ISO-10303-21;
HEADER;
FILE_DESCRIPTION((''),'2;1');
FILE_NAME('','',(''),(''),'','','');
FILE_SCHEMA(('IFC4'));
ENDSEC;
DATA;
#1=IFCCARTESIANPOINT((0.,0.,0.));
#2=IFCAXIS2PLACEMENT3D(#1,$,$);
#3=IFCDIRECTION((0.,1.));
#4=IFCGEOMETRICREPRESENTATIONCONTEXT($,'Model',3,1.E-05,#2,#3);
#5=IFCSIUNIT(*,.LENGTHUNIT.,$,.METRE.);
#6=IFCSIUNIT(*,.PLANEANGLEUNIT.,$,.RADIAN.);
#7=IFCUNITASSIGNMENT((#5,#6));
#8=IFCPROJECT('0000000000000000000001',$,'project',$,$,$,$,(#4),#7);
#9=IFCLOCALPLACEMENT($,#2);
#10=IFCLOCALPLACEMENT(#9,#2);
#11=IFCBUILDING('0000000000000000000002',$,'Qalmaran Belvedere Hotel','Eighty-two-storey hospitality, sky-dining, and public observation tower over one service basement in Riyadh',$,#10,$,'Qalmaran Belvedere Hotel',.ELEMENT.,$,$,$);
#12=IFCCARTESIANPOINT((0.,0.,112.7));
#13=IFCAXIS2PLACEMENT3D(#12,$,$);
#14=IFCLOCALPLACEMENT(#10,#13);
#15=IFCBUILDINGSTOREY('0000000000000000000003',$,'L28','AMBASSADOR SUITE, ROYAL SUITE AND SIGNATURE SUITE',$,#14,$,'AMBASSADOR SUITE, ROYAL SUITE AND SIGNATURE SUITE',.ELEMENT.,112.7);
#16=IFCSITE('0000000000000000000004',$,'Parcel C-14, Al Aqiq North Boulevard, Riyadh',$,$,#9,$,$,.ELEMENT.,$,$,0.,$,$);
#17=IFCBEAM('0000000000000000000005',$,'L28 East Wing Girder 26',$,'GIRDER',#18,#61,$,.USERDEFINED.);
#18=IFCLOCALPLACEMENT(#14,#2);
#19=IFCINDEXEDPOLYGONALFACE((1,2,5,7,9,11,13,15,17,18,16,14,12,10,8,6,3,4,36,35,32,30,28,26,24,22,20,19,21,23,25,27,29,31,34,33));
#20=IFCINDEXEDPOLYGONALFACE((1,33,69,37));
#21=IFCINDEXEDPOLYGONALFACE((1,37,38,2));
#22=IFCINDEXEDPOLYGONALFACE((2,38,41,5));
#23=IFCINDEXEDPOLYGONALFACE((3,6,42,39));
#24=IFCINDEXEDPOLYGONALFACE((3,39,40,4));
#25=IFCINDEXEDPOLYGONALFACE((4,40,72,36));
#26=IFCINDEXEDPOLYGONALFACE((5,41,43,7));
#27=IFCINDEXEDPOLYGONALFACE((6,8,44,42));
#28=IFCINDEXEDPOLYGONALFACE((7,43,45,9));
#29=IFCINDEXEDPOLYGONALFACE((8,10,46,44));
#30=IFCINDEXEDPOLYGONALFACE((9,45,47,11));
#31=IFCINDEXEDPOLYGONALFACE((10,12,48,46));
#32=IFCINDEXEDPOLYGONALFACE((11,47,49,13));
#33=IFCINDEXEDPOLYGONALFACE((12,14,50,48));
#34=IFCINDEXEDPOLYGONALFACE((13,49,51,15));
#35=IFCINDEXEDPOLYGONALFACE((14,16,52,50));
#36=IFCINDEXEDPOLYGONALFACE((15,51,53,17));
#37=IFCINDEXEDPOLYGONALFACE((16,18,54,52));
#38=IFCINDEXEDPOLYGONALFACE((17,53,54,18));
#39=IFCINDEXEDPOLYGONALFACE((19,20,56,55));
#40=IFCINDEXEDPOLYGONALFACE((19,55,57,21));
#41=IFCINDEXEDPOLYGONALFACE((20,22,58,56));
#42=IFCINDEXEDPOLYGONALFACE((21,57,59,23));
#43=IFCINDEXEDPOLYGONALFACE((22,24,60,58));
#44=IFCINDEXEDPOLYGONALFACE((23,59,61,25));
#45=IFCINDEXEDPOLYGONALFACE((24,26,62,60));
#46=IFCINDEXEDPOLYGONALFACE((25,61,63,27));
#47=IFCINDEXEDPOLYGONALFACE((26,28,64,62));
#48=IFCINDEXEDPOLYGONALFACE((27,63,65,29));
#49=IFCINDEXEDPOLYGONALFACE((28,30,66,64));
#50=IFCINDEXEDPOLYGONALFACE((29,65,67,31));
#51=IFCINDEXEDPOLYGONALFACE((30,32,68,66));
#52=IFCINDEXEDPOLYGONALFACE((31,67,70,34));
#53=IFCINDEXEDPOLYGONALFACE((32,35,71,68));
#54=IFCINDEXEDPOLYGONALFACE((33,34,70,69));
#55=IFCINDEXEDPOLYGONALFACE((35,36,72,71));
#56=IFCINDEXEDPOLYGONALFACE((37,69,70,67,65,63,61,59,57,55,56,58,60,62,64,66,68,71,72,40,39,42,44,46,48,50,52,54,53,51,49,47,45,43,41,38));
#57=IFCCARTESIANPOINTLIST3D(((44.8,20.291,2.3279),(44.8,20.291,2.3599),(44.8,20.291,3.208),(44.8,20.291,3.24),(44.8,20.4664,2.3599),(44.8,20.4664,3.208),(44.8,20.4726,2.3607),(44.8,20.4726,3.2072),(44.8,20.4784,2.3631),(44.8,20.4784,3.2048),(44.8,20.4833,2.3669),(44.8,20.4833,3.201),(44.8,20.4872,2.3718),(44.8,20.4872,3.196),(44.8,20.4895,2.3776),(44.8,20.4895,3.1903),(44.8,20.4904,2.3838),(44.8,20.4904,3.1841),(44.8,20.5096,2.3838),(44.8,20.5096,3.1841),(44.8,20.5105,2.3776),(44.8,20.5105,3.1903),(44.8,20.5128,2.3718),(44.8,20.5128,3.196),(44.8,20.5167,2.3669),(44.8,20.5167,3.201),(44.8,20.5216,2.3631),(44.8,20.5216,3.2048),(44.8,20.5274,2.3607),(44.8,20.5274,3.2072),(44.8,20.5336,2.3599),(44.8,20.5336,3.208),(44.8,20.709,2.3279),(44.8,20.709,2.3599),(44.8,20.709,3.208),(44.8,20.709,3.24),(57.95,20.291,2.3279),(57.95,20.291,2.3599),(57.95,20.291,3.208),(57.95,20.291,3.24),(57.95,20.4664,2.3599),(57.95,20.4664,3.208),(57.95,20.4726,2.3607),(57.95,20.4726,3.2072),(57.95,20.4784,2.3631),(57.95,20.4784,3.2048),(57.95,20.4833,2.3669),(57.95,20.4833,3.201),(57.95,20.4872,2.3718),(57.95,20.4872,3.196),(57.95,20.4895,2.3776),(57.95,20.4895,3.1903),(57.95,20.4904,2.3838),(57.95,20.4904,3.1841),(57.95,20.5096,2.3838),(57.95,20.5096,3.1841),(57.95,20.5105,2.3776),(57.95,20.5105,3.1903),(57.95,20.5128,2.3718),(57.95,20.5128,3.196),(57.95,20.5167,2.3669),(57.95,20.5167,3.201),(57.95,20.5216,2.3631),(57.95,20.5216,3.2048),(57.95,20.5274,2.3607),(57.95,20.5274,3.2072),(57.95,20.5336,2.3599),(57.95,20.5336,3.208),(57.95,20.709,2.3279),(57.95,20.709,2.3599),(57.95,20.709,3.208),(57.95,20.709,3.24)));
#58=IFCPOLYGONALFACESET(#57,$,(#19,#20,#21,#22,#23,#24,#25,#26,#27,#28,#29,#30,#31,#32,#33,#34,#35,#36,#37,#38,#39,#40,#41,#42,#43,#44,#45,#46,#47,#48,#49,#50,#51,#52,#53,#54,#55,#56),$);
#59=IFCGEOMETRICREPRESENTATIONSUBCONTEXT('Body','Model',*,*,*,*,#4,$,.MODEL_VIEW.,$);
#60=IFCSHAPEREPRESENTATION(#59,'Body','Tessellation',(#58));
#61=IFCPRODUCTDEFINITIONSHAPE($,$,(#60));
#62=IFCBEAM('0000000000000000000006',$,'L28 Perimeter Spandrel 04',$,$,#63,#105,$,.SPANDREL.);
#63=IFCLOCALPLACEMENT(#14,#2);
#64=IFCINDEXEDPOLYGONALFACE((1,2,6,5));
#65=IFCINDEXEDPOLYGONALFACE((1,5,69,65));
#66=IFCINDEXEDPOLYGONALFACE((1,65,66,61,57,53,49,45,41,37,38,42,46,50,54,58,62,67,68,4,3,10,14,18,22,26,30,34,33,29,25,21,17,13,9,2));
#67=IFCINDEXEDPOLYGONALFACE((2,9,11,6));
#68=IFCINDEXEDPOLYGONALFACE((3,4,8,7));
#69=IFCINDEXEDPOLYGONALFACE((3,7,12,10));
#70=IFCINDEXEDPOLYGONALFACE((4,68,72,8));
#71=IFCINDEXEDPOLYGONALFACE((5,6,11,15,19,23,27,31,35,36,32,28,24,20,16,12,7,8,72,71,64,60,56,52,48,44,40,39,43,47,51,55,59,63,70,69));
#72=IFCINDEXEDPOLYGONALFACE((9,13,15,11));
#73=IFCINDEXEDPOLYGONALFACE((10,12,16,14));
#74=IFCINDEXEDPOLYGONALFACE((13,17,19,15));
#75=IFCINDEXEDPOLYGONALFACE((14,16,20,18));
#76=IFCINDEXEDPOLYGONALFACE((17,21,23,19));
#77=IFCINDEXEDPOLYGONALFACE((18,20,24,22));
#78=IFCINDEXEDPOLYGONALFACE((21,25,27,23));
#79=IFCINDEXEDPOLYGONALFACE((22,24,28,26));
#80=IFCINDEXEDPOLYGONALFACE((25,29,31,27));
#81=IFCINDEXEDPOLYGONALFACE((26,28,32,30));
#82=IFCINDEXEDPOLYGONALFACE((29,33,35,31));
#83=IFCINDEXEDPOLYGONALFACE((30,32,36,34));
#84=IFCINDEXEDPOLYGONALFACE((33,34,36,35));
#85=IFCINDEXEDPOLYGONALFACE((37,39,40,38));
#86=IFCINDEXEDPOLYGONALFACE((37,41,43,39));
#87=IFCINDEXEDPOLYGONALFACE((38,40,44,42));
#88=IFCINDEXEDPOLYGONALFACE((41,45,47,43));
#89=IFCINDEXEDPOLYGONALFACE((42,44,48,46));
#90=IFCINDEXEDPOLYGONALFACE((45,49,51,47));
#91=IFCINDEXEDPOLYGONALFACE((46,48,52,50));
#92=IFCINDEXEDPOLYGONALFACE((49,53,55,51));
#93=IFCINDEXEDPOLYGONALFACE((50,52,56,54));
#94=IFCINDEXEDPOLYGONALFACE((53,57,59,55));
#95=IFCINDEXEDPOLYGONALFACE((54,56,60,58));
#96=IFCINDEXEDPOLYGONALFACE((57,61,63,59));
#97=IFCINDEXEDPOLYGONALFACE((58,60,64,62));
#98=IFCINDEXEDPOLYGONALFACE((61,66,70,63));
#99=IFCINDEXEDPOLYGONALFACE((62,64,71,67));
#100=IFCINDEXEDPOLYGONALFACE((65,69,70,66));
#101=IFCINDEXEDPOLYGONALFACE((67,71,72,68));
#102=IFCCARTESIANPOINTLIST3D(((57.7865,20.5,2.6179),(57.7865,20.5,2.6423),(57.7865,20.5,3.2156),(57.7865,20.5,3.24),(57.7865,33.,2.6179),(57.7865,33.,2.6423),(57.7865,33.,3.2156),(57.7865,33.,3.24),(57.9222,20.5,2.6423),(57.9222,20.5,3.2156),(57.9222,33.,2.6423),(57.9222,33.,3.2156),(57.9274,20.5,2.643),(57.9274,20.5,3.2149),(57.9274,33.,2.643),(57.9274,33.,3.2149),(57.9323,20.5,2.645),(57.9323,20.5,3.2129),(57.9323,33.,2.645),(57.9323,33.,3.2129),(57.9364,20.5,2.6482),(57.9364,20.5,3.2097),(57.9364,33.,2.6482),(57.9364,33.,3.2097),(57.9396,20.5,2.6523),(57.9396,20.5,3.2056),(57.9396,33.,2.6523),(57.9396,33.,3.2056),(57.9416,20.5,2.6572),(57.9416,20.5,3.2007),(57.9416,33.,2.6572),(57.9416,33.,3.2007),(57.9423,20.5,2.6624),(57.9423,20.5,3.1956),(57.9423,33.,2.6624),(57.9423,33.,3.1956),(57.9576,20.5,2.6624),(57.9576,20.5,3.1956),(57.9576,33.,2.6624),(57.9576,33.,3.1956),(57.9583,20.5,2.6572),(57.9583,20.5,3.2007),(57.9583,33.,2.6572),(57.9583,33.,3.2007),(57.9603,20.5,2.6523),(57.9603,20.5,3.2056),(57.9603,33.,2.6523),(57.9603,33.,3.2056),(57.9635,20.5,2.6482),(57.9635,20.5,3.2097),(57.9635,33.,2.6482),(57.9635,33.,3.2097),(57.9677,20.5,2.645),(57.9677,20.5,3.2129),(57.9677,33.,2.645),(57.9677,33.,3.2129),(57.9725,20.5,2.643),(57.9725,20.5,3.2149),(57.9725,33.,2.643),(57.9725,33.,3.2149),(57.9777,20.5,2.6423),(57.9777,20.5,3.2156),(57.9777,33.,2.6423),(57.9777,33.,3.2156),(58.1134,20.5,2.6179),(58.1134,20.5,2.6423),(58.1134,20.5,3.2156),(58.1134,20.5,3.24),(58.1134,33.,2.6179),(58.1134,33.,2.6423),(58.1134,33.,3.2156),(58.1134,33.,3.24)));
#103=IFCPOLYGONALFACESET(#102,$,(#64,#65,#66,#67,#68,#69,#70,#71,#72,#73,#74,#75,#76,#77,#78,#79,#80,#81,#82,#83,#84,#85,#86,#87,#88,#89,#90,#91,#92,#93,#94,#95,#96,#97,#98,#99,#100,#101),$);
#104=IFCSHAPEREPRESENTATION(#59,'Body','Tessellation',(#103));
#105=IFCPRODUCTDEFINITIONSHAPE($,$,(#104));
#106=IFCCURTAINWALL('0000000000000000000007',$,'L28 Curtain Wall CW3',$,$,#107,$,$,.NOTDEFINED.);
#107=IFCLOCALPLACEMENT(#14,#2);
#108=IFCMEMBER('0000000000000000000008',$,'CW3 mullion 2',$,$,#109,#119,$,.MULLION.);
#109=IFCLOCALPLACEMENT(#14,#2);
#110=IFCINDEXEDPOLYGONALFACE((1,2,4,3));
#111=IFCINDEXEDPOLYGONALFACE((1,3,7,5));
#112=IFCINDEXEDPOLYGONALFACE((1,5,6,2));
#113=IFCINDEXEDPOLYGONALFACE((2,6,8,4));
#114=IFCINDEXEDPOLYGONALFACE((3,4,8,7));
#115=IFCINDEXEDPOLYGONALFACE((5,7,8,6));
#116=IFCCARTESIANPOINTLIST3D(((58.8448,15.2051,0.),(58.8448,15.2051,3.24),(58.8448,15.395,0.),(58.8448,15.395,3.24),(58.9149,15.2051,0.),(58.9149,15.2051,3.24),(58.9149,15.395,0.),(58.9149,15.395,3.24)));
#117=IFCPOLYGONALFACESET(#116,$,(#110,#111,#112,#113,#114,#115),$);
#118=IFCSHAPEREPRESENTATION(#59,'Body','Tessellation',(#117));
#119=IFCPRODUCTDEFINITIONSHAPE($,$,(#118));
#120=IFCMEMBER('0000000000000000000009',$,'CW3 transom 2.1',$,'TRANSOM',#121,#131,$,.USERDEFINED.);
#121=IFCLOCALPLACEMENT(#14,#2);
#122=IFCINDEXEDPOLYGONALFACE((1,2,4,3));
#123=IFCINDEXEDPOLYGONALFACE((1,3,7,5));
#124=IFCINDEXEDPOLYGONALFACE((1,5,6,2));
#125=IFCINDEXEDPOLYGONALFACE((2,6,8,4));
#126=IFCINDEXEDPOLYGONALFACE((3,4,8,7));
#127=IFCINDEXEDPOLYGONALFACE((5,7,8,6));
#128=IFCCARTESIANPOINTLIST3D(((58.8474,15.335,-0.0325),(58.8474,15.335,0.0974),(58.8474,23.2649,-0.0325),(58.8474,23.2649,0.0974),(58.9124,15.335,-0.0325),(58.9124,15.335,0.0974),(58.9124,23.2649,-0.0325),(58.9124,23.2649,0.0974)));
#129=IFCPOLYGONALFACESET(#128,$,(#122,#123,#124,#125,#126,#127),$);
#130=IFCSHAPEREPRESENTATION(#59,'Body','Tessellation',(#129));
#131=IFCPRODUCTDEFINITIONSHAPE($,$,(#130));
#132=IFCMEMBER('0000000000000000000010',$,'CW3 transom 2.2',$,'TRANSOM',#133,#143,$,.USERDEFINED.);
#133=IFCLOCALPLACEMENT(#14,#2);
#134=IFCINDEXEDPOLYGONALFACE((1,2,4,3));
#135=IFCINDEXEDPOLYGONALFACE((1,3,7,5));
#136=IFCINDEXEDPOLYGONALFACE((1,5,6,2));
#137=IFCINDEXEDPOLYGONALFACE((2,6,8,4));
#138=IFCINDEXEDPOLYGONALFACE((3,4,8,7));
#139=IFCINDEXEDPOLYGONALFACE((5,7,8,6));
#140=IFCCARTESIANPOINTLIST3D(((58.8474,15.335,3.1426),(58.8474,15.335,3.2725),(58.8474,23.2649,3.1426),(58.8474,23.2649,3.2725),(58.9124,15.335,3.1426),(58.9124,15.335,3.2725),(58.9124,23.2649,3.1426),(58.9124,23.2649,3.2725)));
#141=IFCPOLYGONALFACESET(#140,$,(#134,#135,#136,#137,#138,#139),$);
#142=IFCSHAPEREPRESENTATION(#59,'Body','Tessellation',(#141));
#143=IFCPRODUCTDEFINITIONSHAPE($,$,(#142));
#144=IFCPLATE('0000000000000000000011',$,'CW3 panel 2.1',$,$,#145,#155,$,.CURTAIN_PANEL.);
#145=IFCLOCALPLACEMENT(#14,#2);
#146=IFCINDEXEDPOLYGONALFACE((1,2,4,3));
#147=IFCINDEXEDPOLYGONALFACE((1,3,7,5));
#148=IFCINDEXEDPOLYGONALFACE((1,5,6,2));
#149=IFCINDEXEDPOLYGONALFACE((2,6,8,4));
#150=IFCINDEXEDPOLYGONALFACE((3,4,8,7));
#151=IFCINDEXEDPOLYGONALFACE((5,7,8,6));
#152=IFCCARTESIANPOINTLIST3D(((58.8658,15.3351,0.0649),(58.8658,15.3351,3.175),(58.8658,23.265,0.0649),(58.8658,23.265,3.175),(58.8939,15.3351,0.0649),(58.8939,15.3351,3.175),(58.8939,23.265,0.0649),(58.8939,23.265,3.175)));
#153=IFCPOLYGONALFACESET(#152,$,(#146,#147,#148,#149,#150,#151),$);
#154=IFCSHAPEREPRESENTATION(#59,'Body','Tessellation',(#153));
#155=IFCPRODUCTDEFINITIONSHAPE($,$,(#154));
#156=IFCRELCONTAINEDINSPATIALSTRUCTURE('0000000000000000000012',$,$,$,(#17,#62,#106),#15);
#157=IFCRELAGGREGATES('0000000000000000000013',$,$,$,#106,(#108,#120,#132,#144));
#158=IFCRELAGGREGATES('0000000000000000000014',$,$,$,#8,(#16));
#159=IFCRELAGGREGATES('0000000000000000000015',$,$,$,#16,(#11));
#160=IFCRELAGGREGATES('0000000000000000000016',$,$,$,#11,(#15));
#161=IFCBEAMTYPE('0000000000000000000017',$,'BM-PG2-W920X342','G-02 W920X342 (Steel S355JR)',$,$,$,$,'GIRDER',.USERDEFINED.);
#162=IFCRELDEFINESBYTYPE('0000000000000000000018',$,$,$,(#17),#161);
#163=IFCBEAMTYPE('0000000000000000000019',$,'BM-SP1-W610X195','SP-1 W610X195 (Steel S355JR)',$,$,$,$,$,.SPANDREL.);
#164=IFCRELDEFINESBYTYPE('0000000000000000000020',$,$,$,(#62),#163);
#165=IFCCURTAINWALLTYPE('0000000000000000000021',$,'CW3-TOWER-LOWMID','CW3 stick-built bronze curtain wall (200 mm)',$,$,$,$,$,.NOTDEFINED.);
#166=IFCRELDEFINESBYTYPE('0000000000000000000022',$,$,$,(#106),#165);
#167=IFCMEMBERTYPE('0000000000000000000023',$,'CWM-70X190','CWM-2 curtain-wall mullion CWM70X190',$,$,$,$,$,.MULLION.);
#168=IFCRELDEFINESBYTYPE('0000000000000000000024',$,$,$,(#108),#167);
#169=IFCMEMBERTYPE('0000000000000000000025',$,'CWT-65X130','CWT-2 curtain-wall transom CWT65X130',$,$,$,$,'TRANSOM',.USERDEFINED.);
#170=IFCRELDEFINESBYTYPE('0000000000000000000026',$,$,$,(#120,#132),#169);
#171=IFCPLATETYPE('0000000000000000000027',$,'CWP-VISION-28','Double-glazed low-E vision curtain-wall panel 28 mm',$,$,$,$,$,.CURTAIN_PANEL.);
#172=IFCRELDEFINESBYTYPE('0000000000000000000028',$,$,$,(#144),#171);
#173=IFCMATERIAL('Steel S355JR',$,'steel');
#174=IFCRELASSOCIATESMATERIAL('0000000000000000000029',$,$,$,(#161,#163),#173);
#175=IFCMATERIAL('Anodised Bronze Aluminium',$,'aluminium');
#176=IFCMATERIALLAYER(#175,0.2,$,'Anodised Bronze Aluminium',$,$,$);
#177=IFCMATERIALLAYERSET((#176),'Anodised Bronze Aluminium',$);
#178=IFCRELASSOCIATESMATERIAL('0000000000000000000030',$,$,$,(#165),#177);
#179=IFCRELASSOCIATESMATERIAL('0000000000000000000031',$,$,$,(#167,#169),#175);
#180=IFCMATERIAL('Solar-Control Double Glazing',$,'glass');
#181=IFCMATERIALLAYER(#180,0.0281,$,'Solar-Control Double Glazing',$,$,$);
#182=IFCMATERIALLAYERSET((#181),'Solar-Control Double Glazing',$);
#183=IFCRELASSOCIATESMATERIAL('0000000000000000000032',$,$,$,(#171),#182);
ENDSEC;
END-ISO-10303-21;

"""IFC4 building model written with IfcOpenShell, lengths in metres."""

from ifc_helpers import new_model, si_unit, direction, frame, origin, origin_2d, place, context, subcontext, project, spatial, rectangle, i_section, extrude, material, layer, layer_set, material_profile, profile_set, type_object, element, aggregate, save


model = new_model("IFC4")

# Units and contexts
model_context = context("Model", 3, precision=1e-05, world=origin(), true_north=direction((0.0, 1.0)))
body_context = subcontext(model_context, "Body", "Model", "MODEL_VIEW")
ifc_project = project(units=[si_unit("LENGTHUNIT", "METRE"), si_unit("PLANEANGLEUNIT", "RADIAN")], contexts=[model_context])

# Site, building, storey
site_placement = place(None, origin())
site = spatial("IfcSite", under=ifc_project, at=site_placement, Name="Parcel C-14, Al Aqiq North Boulevard, Riyadh", CompositionType="ELEMENT", RefElevation=0.0)
building_placement = place(site_placement, origin())
building = spatial("IfcBuilding", under=site, at=building_placement, Name="Qalmaran Belvedere Hotel", Description="Eighty-two-storey hospitality, sky-dining, and public observation tower over one service basement in Riyadh", LongName="Qalmaran Belvedere Hotel", CompositionType="ELEMENT")
storey_placement = place(building_placement, frame((0.0, 0.0, 112.7)))
storey = spatial("IfcBuildingStorey", under=building, at=storey_placement, Name="L28", Description="AMBASSADOR SUITE, ROYAL SUITE AND SIGNATURE SUITE", LongName="AMBASSADOR SUITE, ROYAL SUITE AND SIGNATURE SUITE", CompositionType="ELEMENT", Elevation=112.7)

# Beams
ifc_material_1 = material(Name="Steel S355JR", Category="steel")
ifc_material_profile_1 = material_profile(ifc_material_1, i_section(OverallWidth=0.418, OverallDepth=0.9121, WebThickness=0.0193, FlangeThickness=0.032, FilletRadius=0.0239, at=origin_2d()), Name="W920X342")
ifc_profile_set_1 = profile_set([ifc_material_profile_1], Name="Steel S355JR")
beam_type_1 = type_object("IfcBeamType", Name="BM-PG2-W920X342", Description="G-02 W920X342 (Steel S355JR)", ElementType="GIRDER", PredefinedType="USERDEFINED", material=ifc_profile_set_1)
beam_1_placement = place(storey_placement, frame((44.8, 20.5, 2.7839), z_axis=(1.0, 0.0, 0.0), x_axis=(0.0, 1.0, 0.0)))
element("IfcBeam", 1, at=beam_1_placement, inside=storey, type_object=beam_type_1, Name="L28 East Wing Girder 26", ObjectType="GIRDER", PredefinedType="USERDEFINED", context=body_context, shape_type="SweptSolid", body=[
    extrude(i_section(OverallWidth=0.418, OverallDepth=0.9121, WebThickness=0.0193, FlangeThickness=0.032, FilletRadius=0.0239, at=origin_2d()), origin(), (0.0, 0.0, 1.0), 13.1499),
])
ifc_material_profile_2 = material_profile(ifc_material_1, i_section(OverallWidth=0.3269, OverallDepth=0.6221, WebThickness=0.0154, FlangeThickness=0.0244, FilletRadius=0.02, at=origin_2d()), Name="W610X195")
ifc_profile_set_2 = profile_set([ifc_material_profile_2], Name="Steel S355JR")
beam_type_2 = type_object("IfcBeamType", Name="BM-SP1-W610X195", Description="SP-1 W610X195 (Steel S355JR)", PredefinedType="SPANDREL", material=ifc_profile_set_2)
beam_2_placement = place(storey_placement, frame((57.95, 20.5, 2.929), z_axis=(0.0, 1.0, 0.0), x_axis=(-1.0, 0.0, 0.0)))
element("IfcBeam", 2, at=beam_2_placement, inside=storey, type_object=beam_type_2, Name="L28 Perimeter Spandrel 04", PredefinedType="SPANDREL", context=body_context, shape_type="SweptSolid", body=[
    extrude(i_section(OverallWidth=0.3269, OverallDepth=0.6221, WebThickness=0.0154, FlangeThickness=0.0244, FilletRadius=0.02, at=origin_2d()), origin(), (0.0, 0.0, 1.0), 12.5),
])

# Curtain wall, members, plate
ifc_material_2 = material(Name="Anodised Bronze Aluminium", Category="aluminium")
ifc_layer_1 = layer(ifc_material_2, 0.2, Name="Anodised Bronze Aluminium")
ifc_layer_set_1 = layer_set([ifc_layer_1], Name="Anodised Bronze Aluminium")
curtain_wall_type = type_object("IfcCurtainWallType", Name="CW3-TOWER-LOWMID", Description="CW3 stick-built bronze curtain wall (200 mm)", PredefinedType="NOTDEFINED", material=ifc_layer_set_1)
curtain_wall_placement = place(storey_placement, origin())
curtain_wall = element("IfcCurtainWall", 3, at=curtain_wall_placement, inside=storey, type_object=curtain_wall_type, Name="L28 Curtain Wall CW3", PredefinedType="NOTDEFINED")
ifc_material_profile_3 = material_profile(ifc_material_2, rectangle(XDim=0.0701, YDim=0.1899, at=origin_2d()), Name="CWM70X190")
ifc_profile_set_3 = profile_set([ifc_material_profile_3], Name="Anodised Bronze Aluminium")
member_type_1 = type_object("IfcMemberType", Name="CWM-70X190", Description="CWM-2 curtain-wall mullion CWM70X190", PredefinedType="MULLION", material=ifc_profile_set_3)
member_1_placement = place(storey_placement, frame((58.8799, 15.3, 0.0), z_axis=(0.0, 0.0, 1.0), x_axis=(-1.0, 0.0, 0.0)))
member_1 = element("IfcMember", 4, at=member_1_placement, type_object=member_type_1, Name="CW3 mullion 2", PredefinedType="MULLION", context=body_context, shape_type="SweptSolid", body=[
    extrude(rectangle(XDim=0.0701, YDim=0.1899, at=origin_2d()), origin(), (0.0, 0.0, 1.0), 3.24),
])
ifc_material_profile_4 = material_profile(ifc_material_2, rectangle(XDim=0.0649, YDim=0.1299, at=origin_2d()), Name="CWT65X130")
ifc_profile_set_4 = profile_set([ifc_material_profile_4], Name="Anodised Bronze Aluminium")
member_type_2 = type_object("IfcMemberType", Name="CWT-65X130", Description="CWT-2 curtain-wall transom CWT65X130", ElementType="TRANSOM", PredefinedType="USERDEFINED", material=ifc_profile_set_4)
member_2_placement = place(storey_placement, frame((58.8799, 15.335, 0.0325), z_axis=(0.0, 1.0, 0.0), x_axis=(-1.0, 0.0, 0.0)))
member_2 = element("IfcMember", 5, at=member_2_placement, type_object=member_type_2, Name="CW3 transom 2.1", ObjectType="TRANSOM", PredefinedType="USERDEFINED", context=body_context, shape_type="SweptSolid", body=[
    extrude(rectangle(XDim=0.0649, YDim=0.1299, at=origin_2d()), origin(), (0.0, 0.0, 1.0), 7.9299),
])
member_3_placement = place(storey_placement, frame((58.8799, 15.335, 3.2075), z_axis=(0.0, 1.0, 0.0), x_axis=(-1.0, 0.0, 0.0)))
member_3 = element("IfcMember", 6, at=member_3_placement, type_object=member_type_2, Name="CW3 transom 2.2", ObjectType="TRANSOM", PredefinedType="USERDEFINED", context=body_context, shape_type="SweptSolid", body=[
    extrude(rectangle(XDim=0.0649, YDim=0.1299, at=origin_2d()), origin(), (0.0, 0.0, 1.0), 7.9299),
])
ifc_material_3 = material(Name="Solar-Control Double Glazing", Category="glass")
ifc_layer_2 = layer(ifc_material_3, 0.0281, Name="Solar-Control Double Glazing")
ifc_layer_set_2 = layer_set([ifc_layer_2], Name="Solar-Control Double Glazing")
plate_type = type_object("IfcPlateType", Name="CWP-VISION-28", Description="Double-glazed low-E vision curtain-wall panel 28 mm", PredefinedType="CURTAIN_PANEL", material=ifc_layer_set_2)
plate_placement = place(storey_placement, frame((58.8799, 19.3, 0.0649), z_axis=(0.0, 0.0, 1.0), x_axis=(0.0, 1.0, 0.0)))
plate = element("IfcPlate", 7, at=plate_placement, type_object=plate_type, Name="CW3 panel 2.1", PredefinedType="CURTAIN_PANEL", context=body_context, shape_type="SweptSolid", body=[
    extrude(rectangle(XDim=7.9299, YDim=0.0281, at=origin_2d()), origin(), (0.0, 0.0, 1.0), 3.1101),
])
aggregate(curtain_wall, [member_1, member_2, member_3, plate])

save(model, "model.ifc")
